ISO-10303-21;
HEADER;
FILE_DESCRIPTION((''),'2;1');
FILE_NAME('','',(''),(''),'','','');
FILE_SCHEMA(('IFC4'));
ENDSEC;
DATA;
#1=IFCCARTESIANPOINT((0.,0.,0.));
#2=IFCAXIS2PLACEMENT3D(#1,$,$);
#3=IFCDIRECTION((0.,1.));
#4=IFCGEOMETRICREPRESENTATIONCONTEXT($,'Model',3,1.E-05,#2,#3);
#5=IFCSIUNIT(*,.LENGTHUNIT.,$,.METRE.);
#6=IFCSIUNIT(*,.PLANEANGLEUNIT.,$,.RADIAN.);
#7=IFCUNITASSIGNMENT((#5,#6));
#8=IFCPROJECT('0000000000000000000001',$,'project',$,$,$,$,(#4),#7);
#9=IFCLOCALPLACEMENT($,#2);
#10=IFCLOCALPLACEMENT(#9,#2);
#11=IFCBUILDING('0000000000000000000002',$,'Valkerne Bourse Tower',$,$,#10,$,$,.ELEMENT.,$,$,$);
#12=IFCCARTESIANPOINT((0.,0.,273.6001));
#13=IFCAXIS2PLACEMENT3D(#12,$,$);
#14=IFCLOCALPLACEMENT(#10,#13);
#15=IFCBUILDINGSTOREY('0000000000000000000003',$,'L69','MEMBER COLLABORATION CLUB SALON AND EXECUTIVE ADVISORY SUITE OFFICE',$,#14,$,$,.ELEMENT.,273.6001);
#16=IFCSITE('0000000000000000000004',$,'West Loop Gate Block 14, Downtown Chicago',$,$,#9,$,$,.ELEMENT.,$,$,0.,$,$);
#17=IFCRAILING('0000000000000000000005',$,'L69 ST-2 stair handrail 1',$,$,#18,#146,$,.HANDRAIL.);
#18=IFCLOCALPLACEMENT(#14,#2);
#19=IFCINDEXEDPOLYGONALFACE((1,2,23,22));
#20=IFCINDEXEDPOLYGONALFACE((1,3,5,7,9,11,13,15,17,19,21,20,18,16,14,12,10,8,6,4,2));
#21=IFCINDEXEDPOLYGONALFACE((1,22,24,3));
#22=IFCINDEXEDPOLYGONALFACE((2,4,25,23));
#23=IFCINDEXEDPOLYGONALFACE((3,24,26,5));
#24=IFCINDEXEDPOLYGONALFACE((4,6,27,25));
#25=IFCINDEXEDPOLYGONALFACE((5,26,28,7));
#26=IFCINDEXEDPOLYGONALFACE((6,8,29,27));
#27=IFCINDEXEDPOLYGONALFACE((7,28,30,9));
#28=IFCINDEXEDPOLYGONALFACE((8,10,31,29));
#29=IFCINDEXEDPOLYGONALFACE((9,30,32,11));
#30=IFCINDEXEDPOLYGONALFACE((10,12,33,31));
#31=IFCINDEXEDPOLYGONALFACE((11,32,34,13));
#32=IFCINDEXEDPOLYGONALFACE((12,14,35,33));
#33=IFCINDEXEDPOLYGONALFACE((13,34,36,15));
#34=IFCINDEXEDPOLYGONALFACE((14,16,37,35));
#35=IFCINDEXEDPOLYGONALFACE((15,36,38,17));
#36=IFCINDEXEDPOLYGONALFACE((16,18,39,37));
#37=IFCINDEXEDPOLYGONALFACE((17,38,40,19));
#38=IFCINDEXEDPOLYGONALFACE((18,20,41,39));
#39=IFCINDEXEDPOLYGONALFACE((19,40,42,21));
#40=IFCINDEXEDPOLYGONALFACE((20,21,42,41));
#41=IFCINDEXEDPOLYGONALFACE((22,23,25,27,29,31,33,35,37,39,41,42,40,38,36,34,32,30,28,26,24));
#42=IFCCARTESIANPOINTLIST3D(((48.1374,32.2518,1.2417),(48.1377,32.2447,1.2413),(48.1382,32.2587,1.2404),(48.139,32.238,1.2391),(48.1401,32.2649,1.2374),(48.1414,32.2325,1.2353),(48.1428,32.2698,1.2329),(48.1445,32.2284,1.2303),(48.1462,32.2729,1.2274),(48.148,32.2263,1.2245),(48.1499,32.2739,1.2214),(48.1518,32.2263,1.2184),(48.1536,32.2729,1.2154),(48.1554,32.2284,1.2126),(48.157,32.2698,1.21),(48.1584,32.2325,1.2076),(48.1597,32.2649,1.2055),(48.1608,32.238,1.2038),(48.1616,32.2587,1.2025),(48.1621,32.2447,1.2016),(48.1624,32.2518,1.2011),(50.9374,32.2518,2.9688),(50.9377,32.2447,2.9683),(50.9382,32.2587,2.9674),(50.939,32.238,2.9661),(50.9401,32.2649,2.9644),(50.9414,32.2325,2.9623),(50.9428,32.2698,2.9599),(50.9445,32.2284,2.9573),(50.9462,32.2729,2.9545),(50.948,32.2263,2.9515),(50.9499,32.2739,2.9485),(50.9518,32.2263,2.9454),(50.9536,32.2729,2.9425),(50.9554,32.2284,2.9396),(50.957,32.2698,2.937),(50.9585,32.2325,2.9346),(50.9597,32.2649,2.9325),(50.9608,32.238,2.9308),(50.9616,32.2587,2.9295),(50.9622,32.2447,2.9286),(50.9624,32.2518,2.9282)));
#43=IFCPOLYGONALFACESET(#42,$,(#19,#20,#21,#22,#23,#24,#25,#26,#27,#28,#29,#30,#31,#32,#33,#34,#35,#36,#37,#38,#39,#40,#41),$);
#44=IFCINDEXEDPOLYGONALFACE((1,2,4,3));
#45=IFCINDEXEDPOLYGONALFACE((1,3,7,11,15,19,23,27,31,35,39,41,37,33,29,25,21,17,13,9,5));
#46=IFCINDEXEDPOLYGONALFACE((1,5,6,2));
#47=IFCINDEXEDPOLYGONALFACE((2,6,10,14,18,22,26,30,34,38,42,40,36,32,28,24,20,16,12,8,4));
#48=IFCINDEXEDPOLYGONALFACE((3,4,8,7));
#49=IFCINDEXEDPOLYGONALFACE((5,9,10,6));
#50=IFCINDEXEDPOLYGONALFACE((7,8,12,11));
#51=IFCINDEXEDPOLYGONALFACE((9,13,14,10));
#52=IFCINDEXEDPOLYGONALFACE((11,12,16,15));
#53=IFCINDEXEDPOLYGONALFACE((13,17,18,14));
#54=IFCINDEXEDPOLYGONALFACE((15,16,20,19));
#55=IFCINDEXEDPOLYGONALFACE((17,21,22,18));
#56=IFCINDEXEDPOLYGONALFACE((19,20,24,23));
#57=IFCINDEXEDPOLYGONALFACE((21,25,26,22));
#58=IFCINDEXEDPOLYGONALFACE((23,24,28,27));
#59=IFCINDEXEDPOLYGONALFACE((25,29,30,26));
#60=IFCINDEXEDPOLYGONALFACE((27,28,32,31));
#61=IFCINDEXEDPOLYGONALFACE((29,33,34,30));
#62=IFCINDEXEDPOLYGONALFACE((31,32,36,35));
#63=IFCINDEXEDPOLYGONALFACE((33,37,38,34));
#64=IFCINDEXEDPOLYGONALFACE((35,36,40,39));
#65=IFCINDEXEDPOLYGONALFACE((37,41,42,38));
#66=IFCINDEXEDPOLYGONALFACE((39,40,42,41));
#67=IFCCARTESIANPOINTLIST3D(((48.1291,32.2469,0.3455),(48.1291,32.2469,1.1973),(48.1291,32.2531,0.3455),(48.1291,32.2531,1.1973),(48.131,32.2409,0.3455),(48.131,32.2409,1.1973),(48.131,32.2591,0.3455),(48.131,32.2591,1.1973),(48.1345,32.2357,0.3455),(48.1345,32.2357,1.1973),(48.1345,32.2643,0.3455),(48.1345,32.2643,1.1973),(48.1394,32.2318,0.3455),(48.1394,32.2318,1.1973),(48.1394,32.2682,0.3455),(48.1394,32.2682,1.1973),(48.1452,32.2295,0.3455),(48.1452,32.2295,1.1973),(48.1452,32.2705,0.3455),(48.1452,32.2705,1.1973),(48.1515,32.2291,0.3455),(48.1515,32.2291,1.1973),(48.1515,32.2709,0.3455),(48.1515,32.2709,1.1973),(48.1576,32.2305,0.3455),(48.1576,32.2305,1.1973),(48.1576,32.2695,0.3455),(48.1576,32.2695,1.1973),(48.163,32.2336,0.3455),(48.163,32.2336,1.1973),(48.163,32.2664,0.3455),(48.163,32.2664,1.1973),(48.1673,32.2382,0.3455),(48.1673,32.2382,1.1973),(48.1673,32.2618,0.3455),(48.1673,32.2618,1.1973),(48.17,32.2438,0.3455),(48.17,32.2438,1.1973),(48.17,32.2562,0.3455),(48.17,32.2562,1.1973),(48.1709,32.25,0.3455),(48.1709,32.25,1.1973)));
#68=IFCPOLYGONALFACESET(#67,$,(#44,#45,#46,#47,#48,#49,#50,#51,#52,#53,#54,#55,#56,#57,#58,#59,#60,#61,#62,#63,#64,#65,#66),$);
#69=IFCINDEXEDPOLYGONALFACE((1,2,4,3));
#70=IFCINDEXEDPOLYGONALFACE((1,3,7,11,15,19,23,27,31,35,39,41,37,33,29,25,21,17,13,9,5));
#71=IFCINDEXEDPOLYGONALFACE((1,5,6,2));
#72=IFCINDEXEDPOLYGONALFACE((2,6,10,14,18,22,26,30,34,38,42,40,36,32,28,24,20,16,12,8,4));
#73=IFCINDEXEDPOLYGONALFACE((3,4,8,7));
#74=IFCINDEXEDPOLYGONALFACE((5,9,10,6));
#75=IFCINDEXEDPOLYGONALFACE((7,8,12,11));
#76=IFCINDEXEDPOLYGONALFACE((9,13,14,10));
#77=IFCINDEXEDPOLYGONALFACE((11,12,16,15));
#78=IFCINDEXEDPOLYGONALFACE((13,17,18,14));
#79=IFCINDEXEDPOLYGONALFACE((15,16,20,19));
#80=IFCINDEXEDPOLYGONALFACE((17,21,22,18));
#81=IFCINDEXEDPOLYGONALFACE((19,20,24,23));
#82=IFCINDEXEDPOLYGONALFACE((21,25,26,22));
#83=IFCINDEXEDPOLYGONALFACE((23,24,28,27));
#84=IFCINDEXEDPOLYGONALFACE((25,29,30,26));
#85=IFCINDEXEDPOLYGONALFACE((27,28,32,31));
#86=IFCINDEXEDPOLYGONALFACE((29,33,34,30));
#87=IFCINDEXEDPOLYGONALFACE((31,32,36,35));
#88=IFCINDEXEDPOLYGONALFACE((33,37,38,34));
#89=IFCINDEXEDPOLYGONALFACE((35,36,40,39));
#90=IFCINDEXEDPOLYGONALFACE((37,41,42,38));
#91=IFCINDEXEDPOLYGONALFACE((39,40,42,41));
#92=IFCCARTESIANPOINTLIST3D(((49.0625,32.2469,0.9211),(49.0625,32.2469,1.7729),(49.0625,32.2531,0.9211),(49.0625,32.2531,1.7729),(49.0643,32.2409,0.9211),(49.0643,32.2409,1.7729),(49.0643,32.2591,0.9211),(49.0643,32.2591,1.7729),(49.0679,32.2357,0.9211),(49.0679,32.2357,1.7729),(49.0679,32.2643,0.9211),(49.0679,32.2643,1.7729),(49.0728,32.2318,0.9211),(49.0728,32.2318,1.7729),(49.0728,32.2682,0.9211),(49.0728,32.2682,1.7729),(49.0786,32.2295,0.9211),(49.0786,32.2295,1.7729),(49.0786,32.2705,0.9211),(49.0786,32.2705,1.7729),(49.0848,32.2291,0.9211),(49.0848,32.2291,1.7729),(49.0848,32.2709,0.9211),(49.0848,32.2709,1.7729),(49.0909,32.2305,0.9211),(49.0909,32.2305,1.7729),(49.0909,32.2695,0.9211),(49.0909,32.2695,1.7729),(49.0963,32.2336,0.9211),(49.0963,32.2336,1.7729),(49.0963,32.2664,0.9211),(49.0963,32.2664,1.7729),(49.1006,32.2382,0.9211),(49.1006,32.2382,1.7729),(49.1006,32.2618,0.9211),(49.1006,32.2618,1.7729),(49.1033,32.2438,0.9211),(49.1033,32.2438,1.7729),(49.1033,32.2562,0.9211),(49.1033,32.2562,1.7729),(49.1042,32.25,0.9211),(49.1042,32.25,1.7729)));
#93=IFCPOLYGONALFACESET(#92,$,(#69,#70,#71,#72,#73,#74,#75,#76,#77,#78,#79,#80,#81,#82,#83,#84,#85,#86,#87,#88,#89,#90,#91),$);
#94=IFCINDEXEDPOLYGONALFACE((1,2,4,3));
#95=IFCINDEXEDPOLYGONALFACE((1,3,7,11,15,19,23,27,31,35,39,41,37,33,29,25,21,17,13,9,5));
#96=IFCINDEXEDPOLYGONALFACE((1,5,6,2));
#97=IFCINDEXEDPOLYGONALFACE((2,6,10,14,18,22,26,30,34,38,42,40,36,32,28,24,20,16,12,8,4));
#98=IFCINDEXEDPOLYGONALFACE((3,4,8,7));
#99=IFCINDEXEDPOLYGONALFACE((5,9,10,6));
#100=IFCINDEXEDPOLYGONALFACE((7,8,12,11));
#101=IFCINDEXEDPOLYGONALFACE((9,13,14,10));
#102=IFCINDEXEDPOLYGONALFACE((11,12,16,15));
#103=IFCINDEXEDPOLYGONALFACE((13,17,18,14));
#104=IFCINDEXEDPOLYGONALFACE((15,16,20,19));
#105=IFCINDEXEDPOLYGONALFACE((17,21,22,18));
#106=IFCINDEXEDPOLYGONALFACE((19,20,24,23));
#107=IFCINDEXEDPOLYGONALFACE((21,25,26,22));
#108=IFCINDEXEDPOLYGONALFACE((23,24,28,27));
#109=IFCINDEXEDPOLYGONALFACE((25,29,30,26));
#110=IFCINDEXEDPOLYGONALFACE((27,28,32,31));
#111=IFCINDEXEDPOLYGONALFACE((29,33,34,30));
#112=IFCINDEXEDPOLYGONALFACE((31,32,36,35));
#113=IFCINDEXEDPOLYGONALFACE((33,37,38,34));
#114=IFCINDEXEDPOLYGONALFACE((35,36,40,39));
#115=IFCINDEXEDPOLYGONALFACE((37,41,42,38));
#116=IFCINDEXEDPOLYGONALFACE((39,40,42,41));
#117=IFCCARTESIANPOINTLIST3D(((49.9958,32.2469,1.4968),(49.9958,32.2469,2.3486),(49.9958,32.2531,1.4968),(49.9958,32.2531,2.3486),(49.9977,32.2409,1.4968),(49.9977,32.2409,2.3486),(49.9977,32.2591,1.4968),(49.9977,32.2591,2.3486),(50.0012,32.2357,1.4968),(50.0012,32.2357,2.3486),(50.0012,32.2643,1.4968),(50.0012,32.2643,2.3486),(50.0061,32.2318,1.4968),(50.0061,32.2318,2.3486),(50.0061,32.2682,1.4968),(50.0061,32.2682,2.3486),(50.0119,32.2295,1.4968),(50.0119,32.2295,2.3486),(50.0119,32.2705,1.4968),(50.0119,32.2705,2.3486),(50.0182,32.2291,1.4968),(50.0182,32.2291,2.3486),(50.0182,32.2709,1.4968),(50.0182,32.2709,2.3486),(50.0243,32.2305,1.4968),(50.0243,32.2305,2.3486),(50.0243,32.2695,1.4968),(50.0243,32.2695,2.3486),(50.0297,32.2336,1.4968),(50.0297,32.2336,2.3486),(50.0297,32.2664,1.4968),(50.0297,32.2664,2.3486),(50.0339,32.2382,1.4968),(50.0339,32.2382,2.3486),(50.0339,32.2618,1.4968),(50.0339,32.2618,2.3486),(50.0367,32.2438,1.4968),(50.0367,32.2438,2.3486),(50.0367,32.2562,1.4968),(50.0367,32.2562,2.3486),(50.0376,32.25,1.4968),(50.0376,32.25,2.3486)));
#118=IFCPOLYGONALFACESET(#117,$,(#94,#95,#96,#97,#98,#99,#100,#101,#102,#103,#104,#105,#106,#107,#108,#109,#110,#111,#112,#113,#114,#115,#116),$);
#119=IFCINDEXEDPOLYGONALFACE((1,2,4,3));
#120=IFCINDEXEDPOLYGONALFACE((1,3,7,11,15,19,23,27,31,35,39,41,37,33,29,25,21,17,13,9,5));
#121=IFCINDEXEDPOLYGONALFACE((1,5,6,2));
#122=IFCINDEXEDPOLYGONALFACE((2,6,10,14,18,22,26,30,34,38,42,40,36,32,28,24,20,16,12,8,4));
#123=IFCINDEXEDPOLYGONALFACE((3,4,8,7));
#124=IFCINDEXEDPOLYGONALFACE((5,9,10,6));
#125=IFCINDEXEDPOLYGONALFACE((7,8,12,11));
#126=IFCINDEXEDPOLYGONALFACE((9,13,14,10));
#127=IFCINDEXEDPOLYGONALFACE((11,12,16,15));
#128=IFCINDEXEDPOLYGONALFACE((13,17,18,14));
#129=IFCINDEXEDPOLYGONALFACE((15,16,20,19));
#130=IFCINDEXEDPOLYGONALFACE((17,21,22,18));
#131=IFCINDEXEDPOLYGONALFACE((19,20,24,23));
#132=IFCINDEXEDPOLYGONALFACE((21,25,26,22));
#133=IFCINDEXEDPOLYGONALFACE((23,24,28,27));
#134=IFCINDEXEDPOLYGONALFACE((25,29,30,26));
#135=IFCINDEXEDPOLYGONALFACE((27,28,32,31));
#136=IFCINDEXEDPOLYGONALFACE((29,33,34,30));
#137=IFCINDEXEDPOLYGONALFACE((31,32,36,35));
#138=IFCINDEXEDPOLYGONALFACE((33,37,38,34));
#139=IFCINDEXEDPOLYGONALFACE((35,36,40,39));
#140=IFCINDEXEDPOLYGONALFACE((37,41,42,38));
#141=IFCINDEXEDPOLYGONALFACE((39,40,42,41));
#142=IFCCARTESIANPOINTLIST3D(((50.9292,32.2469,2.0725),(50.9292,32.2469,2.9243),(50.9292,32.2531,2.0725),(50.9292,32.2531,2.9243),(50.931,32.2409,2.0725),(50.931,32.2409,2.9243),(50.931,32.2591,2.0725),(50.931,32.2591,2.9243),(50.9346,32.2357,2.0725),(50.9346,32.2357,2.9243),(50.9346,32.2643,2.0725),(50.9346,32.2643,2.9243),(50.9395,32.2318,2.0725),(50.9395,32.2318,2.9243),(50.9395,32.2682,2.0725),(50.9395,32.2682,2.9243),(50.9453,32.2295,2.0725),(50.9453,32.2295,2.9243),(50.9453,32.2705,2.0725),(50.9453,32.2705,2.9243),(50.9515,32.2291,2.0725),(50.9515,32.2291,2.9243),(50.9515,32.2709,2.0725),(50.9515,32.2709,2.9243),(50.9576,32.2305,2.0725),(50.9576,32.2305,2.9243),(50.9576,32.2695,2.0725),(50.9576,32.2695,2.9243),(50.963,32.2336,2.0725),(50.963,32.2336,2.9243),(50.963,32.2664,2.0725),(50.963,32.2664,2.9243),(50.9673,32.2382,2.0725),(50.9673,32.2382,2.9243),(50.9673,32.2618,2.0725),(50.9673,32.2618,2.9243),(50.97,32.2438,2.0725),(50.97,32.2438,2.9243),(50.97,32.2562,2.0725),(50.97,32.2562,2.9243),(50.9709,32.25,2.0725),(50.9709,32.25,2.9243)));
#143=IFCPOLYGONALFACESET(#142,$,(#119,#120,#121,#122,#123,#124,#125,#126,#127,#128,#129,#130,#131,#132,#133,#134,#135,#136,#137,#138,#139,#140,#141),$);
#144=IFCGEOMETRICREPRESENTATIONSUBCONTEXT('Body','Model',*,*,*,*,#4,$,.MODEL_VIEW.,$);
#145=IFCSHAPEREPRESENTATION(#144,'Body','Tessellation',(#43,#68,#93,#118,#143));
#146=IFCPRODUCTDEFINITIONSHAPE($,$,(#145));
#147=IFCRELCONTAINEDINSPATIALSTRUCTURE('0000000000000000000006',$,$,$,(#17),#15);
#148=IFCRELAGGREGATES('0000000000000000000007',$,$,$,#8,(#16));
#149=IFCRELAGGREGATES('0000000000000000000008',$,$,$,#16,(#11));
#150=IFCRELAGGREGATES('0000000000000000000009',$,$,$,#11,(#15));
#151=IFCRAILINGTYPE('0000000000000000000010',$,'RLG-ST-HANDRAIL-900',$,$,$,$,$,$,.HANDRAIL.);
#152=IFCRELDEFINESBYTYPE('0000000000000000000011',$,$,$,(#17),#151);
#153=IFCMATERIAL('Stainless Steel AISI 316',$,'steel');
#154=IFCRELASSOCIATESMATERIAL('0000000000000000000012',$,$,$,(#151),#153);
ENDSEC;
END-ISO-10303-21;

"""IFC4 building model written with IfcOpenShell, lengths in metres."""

from ifc_helpers import new_model, si_unit, direction, frame, origin, origin_2d, place, context, subcontext, project, spatial, circle, extrude, material, type_object, element, save


model = new_model("IFC4")

# Units and contexts
model_context = context("Model", 3, precision=1e-05, world=origin(), true_north=direction((0.0, 1.0)))
body_context = subcontext(model_context, "Body", "Model", "MODEL_VIEW")
ifc_project = project(units=[si_unit("LENGTHUNIT", "METRE"), si_unit("PLANEANGLEUNIT", "RADIAN")], contexts=[model_context])

# Site, building, storey
site_placement = place(None, origin())
site = spatial("IfcSite", under=ifc_project, at=site_placement, Name="West Loop Gate Block 14, Downtown Chicago", CompositionType="ELEMENT", RefElevation=0.0)
building_placement = place(site_placement, origin())
building = spatial("IfcBuilding", under=site, at=building_placement, Name="Valkerne Bourse Tower", CompositionType="ELEMENT")
storey_placement = place(building_placement, frame((0.0, 0.0, 273.6001)))
storey = spatial("IfcBuildingStorey", under=building, at=storey_placement, Name="L69", Description="MEMBER COLLABORATION CLUB SALON AND EXECUTIVE ADVISORY SUITE OFFICE", CompositionType="ELEMENT", Elevation=273.6001)

# Shared definitions
ifc_material_1 = material(Name="Stainless Steel AISI 316", Category="steel")

# Railing
railing_type_1 = type_object("IfcRailingType", Name="RLG-ST-HANDRAIL-900", PredefinedType="HANDRAIL", material=ifc_material_1)
railing_1_placement = place(storey_placement, frame((48.1499, 32.25, 0.3455)))
element("IfcRailing", 1, at=railing_1_placement, inside=storey, type_object=railing_type_1, Name="L69 ST-2 stair handrail 1", PredefinedType="HANDRAIL", context=body_context, shape_type="SweptSolid", body=[
    extrude(circle(Radius=0.0239, at=origin_2d()), frame((0.0, 0.0, 0.876), z_axis=(0.851123, 0.0, 0.524967), x_axis=(0.0, 1.0, 0.0)), (0.0, 0.0, 1.0), 3.2898),
    extrude(circle(Radius=0.021, at=origin_2d()), origin(), (0.0, 0.0, 1.0), 0.8518),
    extrude(circle(Radius=0.021, at=origin_2d()), frame((0.9333, 0.0, 0.5757)), (0.0, 0.0, 1.0), 0.8518),
    extrude(circle(Radius=0.021, at=origin_2d()), frame((1.8667, 0.0, 1.1514)), (0.0, 0.0, 1.0), 0.8518),
    extrude(circle(Radius=0.021, at=origin_2d()), frame((2.8, 0.0, 1.7271)), (0.0, 0.0, 1.0), 0.8518),
])

save(model, "model.ifc")
